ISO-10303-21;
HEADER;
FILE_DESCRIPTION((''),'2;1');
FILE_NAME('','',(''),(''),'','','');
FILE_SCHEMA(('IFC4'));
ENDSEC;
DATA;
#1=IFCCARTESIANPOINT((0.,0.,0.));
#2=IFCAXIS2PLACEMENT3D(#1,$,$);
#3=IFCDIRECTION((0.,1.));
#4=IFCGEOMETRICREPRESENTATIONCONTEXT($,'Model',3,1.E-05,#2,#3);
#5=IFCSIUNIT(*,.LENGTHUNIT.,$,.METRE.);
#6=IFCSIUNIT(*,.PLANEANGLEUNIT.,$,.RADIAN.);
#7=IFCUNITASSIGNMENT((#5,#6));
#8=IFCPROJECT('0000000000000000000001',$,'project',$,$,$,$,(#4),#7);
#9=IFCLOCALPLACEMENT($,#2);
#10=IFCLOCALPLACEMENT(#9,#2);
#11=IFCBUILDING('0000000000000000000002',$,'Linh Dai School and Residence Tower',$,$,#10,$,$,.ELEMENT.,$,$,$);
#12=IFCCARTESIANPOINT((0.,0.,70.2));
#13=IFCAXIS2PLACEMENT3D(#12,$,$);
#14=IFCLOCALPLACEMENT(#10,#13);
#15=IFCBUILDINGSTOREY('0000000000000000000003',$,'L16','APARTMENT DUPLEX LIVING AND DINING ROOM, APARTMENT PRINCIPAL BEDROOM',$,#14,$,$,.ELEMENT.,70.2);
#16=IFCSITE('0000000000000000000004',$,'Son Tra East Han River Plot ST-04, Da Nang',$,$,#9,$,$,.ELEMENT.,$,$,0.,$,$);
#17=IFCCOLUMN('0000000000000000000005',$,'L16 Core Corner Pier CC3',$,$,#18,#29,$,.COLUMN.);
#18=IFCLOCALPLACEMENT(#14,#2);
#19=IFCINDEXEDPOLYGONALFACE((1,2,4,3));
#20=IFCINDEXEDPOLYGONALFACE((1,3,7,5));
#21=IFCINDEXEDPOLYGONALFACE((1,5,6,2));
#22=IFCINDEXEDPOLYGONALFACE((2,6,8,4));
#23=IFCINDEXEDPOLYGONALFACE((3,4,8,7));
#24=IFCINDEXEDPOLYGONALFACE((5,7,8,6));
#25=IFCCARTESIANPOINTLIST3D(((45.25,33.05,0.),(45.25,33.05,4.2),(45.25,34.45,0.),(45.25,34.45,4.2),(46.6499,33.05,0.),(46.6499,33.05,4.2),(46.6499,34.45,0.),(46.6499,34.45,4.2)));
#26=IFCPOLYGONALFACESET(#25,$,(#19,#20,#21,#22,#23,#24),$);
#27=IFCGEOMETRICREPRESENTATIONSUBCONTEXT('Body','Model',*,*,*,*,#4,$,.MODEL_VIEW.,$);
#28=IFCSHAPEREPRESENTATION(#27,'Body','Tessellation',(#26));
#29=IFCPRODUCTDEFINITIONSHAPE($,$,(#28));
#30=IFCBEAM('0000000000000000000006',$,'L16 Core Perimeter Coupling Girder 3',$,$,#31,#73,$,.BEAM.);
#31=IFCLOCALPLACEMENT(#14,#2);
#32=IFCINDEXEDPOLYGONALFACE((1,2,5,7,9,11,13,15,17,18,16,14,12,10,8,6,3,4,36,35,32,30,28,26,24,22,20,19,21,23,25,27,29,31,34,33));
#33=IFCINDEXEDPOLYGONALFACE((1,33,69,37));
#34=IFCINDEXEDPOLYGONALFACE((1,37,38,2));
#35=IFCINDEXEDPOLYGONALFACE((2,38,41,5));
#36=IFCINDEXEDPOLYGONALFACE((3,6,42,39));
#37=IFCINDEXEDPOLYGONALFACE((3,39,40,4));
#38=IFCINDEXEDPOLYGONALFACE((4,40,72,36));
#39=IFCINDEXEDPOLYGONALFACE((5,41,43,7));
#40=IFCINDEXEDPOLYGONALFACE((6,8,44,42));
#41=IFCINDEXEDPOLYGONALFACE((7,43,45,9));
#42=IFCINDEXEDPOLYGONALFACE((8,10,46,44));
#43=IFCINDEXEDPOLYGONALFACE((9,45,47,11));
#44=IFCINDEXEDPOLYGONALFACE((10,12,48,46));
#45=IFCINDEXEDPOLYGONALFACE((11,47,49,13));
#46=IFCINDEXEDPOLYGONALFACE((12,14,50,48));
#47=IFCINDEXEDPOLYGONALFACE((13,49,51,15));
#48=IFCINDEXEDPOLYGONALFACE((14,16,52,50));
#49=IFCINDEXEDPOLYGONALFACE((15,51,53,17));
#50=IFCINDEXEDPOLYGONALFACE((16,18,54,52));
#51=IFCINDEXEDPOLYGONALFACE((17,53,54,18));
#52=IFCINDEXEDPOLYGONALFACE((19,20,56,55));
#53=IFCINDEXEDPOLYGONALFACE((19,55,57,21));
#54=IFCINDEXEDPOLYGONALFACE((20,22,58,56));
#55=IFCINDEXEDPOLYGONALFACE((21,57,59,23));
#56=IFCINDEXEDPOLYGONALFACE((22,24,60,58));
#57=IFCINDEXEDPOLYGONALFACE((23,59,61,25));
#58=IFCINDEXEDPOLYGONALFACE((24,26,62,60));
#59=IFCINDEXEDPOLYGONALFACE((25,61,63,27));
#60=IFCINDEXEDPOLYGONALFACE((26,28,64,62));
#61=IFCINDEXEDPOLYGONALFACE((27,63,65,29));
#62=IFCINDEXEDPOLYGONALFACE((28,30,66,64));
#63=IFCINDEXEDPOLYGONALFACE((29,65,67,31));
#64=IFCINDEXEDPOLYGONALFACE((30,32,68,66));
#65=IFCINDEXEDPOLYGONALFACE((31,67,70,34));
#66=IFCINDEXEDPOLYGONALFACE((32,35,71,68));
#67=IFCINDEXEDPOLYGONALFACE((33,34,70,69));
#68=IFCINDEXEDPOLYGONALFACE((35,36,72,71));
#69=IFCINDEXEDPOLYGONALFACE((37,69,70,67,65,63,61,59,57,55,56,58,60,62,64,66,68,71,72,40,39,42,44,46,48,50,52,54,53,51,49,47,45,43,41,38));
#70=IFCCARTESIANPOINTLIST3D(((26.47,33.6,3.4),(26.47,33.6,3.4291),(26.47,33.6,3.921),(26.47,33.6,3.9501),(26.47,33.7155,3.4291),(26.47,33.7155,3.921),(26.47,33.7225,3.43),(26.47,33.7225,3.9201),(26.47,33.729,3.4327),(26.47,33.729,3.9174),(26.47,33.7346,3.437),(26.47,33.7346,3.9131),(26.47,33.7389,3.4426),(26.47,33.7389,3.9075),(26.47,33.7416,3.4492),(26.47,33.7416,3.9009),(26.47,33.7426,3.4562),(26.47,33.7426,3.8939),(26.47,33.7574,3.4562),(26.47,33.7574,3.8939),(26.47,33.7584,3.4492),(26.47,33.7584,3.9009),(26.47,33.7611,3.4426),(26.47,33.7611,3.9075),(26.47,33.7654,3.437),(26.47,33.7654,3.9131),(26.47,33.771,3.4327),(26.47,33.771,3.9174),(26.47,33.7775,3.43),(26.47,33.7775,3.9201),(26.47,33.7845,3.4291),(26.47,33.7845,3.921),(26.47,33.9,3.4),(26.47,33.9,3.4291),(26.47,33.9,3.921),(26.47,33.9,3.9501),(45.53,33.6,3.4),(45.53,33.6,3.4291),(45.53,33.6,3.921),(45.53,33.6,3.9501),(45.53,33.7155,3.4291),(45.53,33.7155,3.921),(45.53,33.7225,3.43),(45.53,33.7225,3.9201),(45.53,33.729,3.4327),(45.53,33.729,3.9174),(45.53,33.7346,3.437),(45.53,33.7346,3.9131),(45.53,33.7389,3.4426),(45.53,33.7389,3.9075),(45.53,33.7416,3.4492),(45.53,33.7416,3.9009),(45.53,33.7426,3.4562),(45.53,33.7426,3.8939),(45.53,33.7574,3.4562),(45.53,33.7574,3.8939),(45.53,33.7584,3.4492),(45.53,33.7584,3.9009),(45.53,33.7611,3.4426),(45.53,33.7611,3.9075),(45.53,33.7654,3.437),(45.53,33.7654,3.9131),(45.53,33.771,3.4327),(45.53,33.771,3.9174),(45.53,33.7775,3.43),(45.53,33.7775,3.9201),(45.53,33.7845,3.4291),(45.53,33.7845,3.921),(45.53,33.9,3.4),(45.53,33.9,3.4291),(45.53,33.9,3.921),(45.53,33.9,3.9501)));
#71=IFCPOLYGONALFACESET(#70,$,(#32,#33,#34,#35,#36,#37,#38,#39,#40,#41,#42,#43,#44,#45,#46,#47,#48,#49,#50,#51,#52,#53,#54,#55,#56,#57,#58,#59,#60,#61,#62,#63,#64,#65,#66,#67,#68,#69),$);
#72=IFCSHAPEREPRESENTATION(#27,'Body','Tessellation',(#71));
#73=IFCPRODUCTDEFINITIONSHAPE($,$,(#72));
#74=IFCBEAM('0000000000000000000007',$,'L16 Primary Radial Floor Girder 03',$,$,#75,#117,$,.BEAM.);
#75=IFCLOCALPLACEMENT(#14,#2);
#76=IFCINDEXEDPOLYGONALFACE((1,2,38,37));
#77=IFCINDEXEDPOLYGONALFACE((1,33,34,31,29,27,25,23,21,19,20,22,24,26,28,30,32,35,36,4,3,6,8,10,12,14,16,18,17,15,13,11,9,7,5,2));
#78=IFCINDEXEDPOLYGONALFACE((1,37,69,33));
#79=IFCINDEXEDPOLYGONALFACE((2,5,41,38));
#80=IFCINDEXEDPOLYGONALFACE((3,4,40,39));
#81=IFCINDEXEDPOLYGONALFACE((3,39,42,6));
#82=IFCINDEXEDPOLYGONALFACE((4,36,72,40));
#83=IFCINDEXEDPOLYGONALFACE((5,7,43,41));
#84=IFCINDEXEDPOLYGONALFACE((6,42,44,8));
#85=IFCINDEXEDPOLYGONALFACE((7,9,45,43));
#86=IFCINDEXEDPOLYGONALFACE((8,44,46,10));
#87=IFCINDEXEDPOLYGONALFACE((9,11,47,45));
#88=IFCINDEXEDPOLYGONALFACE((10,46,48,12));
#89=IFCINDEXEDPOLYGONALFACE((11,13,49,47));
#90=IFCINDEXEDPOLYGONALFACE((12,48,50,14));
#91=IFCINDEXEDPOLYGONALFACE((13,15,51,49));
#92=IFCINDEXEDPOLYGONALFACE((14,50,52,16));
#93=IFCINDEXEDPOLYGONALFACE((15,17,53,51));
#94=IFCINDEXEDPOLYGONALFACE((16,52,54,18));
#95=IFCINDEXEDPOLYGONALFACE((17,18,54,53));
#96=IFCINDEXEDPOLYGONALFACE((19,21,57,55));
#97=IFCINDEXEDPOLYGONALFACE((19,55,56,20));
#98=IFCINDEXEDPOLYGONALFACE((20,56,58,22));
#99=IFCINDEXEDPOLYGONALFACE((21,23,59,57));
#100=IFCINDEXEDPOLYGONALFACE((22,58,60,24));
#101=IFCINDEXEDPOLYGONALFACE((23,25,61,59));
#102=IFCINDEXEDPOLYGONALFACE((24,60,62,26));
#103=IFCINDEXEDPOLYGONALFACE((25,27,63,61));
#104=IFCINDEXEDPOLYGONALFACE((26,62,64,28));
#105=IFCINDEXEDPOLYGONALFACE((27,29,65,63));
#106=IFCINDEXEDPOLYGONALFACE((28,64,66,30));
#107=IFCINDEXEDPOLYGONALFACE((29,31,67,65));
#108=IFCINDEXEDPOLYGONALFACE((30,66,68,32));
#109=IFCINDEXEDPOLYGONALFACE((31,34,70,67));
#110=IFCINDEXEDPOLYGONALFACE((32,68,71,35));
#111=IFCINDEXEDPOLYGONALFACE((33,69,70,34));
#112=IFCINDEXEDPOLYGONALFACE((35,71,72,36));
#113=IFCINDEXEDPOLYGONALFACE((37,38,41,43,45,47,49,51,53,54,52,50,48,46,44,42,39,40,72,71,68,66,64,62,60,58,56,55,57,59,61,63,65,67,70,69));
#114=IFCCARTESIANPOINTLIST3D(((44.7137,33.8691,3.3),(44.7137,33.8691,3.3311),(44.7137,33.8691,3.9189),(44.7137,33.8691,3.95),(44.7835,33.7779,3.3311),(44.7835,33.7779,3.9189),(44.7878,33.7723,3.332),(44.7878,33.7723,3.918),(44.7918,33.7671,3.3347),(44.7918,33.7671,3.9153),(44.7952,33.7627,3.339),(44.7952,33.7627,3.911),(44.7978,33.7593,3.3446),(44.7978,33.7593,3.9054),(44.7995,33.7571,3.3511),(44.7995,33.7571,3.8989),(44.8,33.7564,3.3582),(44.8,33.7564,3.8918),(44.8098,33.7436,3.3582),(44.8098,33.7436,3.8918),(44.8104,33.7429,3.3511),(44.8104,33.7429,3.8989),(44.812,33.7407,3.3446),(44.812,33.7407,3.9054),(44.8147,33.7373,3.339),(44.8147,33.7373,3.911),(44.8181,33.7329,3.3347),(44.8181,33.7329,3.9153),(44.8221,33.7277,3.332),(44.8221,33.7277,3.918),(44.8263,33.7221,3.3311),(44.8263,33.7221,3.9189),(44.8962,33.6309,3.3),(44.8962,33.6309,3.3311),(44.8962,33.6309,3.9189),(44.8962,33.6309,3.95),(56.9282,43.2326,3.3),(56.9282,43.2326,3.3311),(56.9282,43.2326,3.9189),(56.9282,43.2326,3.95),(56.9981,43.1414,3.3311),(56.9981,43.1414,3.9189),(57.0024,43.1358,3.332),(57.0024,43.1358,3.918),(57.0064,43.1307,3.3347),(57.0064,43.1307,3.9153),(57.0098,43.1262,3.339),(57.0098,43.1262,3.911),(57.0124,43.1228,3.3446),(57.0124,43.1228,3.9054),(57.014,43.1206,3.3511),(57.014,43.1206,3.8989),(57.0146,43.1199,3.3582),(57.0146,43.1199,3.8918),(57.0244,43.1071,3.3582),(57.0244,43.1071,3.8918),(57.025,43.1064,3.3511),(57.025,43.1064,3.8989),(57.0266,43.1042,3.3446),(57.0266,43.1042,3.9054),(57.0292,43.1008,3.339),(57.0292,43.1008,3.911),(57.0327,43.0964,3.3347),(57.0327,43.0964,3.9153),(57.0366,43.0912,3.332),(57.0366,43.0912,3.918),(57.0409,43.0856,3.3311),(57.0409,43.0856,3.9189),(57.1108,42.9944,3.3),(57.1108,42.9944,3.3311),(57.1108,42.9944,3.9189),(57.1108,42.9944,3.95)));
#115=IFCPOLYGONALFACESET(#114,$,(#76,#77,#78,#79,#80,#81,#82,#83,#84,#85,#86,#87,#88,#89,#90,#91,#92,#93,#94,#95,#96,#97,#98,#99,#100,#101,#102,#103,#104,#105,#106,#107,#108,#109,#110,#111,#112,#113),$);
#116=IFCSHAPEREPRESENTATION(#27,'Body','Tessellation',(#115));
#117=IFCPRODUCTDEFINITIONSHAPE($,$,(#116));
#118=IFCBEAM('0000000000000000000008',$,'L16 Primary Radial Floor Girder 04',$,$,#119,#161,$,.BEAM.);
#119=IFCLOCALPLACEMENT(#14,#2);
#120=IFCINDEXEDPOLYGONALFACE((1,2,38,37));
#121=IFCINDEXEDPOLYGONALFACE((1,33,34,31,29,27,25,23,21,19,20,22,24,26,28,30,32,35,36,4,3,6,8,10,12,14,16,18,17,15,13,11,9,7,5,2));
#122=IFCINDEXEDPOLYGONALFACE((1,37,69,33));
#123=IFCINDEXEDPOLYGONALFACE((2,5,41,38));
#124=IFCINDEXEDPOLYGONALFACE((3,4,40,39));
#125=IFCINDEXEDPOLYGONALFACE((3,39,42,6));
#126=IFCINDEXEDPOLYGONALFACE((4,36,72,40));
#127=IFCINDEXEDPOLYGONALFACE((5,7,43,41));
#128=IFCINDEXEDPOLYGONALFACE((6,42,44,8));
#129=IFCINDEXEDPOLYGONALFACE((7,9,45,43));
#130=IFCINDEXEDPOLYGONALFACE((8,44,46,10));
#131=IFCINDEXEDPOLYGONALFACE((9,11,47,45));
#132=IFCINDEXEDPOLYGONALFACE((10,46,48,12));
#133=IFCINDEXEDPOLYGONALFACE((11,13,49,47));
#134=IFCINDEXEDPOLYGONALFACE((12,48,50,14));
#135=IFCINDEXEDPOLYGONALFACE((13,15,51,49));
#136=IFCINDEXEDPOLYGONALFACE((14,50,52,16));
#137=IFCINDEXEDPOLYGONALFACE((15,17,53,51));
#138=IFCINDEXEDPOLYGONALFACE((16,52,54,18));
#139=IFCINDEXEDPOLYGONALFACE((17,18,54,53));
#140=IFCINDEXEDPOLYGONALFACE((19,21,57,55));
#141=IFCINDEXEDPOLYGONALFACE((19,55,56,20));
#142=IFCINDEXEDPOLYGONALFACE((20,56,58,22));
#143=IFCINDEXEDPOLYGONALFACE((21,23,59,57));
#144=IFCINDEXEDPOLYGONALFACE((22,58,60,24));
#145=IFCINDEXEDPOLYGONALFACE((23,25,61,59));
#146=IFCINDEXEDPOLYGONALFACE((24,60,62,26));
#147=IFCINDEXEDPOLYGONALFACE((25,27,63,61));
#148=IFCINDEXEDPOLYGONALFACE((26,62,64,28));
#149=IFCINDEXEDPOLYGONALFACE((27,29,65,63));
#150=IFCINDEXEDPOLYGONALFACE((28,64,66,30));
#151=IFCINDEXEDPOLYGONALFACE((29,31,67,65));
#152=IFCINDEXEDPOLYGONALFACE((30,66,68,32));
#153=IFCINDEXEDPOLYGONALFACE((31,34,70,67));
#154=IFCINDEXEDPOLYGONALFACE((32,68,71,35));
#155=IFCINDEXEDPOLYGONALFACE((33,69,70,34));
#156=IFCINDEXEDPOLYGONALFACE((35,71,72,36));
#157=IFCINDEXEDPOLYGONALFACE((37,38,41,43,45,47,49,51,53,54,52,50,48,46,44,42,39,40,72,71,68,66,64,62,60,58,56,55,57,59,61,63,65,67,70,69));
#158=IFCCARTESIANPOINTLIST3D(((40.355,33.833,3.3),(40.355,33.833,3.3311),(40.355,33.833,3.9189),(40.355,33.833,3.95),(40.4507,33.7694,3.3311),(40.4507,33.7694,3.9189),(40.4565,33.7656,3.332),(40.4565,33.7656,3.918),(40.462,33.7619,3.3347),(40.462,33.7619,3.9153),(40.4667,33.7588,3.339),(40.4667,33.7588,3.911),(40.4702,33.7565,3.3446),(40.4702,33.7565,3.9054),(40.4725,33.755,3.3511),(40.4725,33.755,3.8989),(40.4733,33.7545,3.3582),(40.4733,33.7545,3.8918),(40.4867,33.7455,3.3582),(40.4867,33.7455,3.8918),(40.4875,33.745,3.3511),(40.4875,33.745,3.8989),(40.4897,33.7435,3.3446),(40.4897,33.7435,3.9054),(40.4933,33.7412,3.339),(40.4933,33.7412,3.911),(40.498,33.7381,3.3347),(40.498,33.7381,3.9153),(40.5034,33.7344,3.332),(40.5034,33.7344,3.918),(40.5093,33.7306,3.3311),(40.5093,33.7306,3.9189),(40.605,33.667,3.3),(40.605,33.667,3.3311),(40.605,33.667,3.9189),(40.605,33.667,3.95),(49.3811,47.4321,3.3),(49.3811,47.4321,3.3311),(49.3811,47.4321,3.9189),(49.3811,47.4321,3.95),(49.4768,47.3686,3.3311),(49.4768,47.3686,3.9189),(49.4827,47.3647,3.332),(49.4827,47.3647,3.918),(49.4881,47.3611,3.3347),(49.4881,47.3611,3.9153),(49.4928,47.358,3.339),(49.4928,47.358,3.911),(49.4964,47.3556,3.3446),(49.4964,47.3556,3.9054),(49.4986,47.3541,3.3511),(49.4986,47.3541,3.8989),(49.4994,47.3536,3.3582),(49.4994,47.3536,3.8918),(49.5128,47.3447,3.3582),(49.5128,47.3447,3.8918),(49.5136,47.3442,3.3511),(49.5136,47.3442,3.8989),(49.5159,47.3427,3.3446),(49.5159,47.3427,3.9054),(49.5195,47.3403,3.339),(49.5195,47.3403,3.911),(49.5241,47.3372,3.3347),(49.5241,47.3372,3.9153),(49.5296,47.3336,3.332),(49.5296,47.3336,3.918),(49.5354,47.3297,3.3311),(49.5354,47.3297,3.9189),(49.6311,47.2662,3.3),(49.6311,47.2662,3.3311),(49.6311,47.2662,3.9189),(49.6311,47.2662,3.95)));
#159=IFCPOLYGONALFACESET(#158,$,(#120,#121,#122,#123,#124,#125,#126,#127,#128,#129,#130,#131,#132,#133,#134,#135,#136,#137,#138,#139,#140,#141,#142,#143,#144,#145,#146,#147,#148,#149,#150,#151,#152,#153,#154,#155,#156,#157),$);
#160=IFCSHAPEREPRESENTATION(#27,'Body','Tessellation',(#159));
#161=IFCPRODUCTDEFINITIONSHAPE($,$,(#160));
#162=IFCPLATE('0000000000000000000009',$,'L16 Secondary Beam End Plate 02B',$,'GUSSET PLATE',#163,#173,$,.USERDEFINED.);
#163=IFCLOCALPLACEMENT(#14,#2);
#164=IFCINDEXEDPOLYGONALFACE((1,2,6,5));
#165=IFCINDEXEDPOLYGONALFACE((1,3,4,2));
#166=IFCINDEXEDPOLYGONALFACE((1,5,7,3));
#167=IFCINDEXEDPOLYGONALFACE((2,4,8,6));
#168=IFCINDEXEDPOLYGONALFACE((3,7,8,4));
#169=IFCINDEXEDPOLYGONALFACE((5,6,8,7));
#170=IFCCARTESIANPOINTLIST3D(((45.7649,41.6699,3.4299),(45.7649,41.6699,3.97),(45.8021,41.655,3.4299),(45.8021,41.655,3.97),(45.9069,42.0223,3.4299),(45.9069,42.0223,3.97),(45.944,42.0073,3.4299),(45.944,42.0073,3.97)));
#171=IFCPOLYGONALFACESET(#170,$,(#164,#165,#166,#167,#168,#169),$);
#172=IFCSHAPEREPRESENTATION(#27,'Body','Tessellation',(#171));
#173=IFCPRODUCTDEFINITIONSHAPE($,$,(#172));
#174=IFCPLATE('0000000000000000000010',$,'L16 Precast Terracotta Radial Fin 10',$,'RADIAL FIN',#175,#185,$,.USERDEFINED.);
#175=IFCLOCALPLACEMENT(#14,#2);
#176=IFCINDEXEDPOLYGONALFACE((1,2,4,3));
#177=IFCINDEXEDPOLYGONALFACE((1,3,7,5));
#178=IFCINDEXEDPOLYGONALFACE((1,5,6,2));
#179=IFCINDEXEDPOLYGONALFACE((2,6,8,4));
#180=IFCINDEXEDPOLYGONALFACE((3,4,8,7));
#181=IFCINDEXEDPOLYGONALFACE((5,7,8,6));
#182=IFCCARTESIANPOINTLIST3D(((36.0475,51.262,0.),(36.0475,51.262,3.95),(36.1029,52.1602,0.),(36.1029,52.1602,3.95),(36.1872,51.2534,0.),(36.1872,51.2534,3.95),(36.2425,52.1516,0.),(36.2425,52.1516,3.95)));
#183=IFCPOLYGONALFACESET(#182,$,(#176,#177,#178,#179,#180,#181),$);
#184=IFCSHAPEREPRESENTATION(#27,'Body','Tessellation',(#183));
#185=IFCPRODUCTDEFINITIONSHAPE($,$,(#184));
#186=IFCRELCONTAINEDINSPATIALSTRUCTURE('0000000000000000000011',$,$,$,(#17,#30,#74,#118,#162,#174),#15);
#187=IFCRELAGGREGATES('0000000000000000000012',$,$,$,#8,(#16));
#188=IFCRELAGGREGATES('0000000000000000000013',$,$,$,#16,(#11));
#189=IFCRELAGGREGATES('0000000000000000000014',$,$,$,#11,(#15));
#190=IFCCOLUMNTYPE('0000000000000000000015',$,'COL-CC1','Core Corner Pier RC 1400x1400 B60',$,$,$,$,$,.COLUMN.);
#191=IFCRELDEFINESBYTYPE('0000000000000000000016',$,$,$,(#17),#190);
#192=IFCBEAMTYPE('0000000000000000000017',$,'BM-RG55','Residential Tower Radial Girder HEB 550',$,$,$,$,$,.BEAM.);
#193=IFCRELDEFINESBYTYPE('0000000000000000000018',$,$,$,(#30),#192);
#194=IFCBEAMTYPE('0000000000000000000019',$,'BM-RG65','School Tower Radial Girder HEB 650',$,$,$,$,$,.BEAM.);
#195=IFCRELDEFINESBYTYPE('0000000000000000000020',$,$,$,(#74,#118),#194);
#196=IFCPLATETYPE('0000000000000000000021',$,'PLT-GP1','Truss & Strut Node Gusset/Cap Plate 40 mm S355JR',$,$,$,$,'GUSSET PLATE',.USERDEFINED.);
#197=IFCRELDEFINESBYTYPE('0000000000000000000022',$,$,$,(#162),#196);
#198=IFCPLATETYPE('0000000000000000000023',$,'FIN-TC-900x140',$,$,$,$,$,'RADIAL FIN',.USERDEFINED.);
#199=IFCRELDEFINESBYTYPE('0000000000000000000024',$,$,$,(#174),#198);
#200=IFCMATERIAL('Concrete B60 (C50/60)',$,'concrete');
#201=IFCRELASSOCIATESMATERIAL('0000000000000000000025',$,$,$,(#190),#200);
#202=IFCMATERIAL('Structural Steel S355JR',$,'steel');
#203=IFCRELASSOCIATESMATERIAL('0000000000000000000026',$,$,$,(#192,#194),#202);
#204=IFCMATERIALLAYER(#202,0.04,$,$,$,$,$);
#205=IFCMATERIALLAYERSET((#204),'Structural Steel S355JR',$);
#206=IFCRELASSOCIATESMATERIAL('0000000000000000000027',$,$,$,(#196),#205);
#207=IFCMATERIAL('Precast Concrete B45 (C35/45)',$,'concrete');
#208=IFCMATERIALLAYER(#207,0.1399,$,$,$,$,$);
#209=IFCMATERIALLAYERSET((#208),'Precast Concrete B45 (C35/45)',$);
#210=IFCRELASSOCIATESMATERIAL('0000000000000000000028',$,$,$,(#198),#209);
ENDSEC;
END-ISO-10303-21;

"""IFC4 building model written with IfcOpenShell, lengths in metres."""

from ifc_helpers import new_model, si_unit, direction, frame, origin, origin_2d, place, context, subcontext, project, spatial, rectangle, i_section, extrude, source, transform, mapped, material, layer, layer_set, material_profile, profile_set, type_object, element, save


model = new_model("IFC4")

# Units and contexts
model_context = context("Model", 3, precision=1e-05, world=origin(), true_north=direction((0.0, 1.0)))
body_context = subcontext(model_context, "Body", "Model", "MODEL_VIEW")
ifc_project = project(units=[si_unit("LENGTHUNIT", "METRE"), si_unit("PLANEANGLEUNIT", "RADIAN")], contexts=[model_context])

# Site, building, storey
site_placement = place(None, origin())
site = spatial("IfcSite", under=ifc_project, at=site_placement, Name="Son Tra East Han River Plot ST-04, Da Nang", CompositionType="ELEMENT", RefElevation=0.0)
building_placement = place(site_placement, origin())
building = spatial("IfcBuilding", under=site, at=building_placement, Name="Linh Dai School and Residence Tower", CompositionType="ELEMENT")
storey_placement = place(building_placement, frame((0.0, 0.0, 70.2)))
storey = spatial("IfcBuildingStorey", under=building, at=storey_placement, Name="L16", Description="APARTMENT DUPLEX LIVING AND DINING ROOM, APARTMENT PRINCIPAL BEDROOM", CompositionType="ELEMENT", Elevation=70.2)

# Column
ifc_material_1 = material(Name="Concrete B60 (C50/60)", Category="concrete")
ifc_material_profile_1 = material_profile(ifc_material_1, rectangle(XDim=1.3999, YDim=1.3999, at=origin_2d()), Name="RC 1400x1400")
ifc_profile_set_1 = profile_set([ifc_material_profile_1], Name="Concrete B60 (C50/60)")
column_type = type_object("IfcColumnType", Name="COL-CC1", Description="Core Corner Pier RC 1400x1400 B60", PredefinedType="COLUMN", material=ifc_profile_set_1)
column_placement = place(storey_placement, frame((45.95, 33.75, 0.0), z_axis=(0.0, 0.0, 1.0), x_axis=(1.0, 0.0, 0.0)))
element("IfcColumn", 1, at=column_placement, inside=storey, type_object=column_type, Name="L16 Core Corner Pier CC3", PredefinedType="COLUMN", context=body_context, shape_type="SweptSolid", body=[
    extrude(rectangle(XDim=1.3999, YDim=1.3999, at=origin_2d()), origin(), (0.0, 0.0, 1.0), 4.2),
])

# Beams
ifc_material_2 = material(Name="Structural Steel S355JR", Category="steel")
ifc_material_profile_2 = material_profile(ifc_material_2, i_section(OverallWidth=0.3, OverallDepth=0.55, WebThickness=0.0149, FlangeThickness=0.0291, FilletRadius=0.0271, at=origin_2d()), Name="HEB 550")
ifc_profile_set_2 = profile_set([ifc_material_profile_2], Name="Structural Steel S355JR")
beam_type_1 = type_object("IfcBeamType", Name="BM-RG55", Description="Residential Tower Radial Girder HEB 550", PredefinedType="BEAM", material=ifc_profile_set_2)
beam_1_placement = place(storey_placement, frame((45.53, 33.75, 3.675), z_axis=(-1.0, 0.0, 0.0), x_axis=(0.0, -1.0, 0.0)))
element("IfcBeam", 2, at=beam_1_placement, inside=storey, type_object=beam_type_1, Name="L16 Core Perimeter Coupling Girder 3", PredefinedType="BEAM", context=body_context, shape_type="SweptSolid", body=[
    extrude(i_section(OverallWidth=0.3, OverallDepth=0.55, WebThickness=0.0149, FlangeThickness=0.0291, FilletRadius=0.0271, at=origin_2d()), origin(), (0.0, 0.0, 1.0), 19.0601),
])
ifc_material_profile_3 = material_profile(ifc_material_2, i_section(OverallWidth=0.3, OverallDepth=0.6499, WebThickness=0.0161, FlangeThickness=0.031, FilletRadius=0.0271, at=origin_2d()), Name="HEB 650")
ifc_profile_set_3 = profile_set([ifc_material_profile_3], Name="Structural Steel S355JR")
beam_type_2 = type_object("IfcBeamType", Name="BM-RG65", Description="School Tower Radial Girder HEB 650", PredefinedType="BEAM", material=ifc_profile_set_3)
beam_2_placement = place(storey_placement, frame((44.8049, 33.75, 3.625), z_axis=(0.793638, 0.608391, 0.0), x_axis=(-0.608391, 0.793638, 0.0)))
element("IfcBeam", 3, at=beam_2_placement, inside=storey, type_object=beam_type_2, Name="L16 Primary Radial Floor Girder 03", PredefinedType="BEAM", context=body_context, shape_type="SweptSolid", body=[
    extrude(i_section(OverallWidth=0.3, OverallDepth=0.6499, WebThickness=0.0161, FlangeThickness=0.031, FilletRadius=0.0271, at=origin_2d()), origin(), (0.0, 0.0, 1.0), 15.3906),
])
beam_3_placement = place(storey_placement, frame((40.48, 33.75, 3.625), z_axis=(0.553004, 0.833178, 0.0), x_axis=(-0.833178, 0.553004, 0.0)))
element("IfcBeam", 4, at=beam_3_placement, inside=storey, type_object=beam_type_2, Name="L16 Primary Radial Floor Girder 04", PredefinedType="BEAM", context=body_context, shape_type="SweptSolid", body=[
    extrude(i_section(OverallWidth=0.3, OverallDepth=0.6499, WebThickness=0.0161, FlangeThickness=0.031, FilletRadius=0.0271, at=origin_2d()), origin(), (0.0, 0.0, 1.0), 16.322),
])

# Plates
ifc_layer_1 = layer(ifc_material_2, 0.04)
ifc_layer_set_1 = layer_set([ifc_layer_1], Name="Structural Steel S355JR")
plate_type_1 = type_object("IfcPlateType", Name="PLT-GP1", Description="Truss & Strut Node Gusset/Cap Plate 40 mm S355JR", ElementType="GUSSET PLATE", PredefinedType="USERDEFINED", material=ifc_layer_set_1)
shared_shape_1 = source(origin(), body_context, "Body", "SweptSolid", [
    extrude(rectangle(XDim=0.04, YDim=0.3799, at=origin_2d()), origin(), (0.0, 0.0, 1.0), 0.54),
])
plate_1_placement = place(storey_placement, frame((45.8545, 41.8386, 3.4299), z_axis=(0.0, 0.0, 1.0), x_axis=(-0.927536, 0.373733, 0.0)))
element("IfcPlate", 5, at=plate_1_placement, inside=storey, type_object=plate_type_1, Name="L16 Secondary Beam End Plate 02B", ObjectType="GUSSET PLATE", PredefinedType="USERDEFINED", context=body_context, shape_type="MappedRepresentation", body=[
    mapped(shared_shape_1, transform((0.0, 0.0, 0.0), x_axis=(1.0, 0.0, 0.0), y_axis=(0.0, 1.0, 0.0), z_axis=(0.0, 0.0, 1.0), scale=1.0)),
])
ifc_material_3 = material(Name="Precast Concrete B45 (C35/45)", Category="concrete")
ifc_layer_2 = layer(ifc_material_3, 0.1399)
ifc_layer_set_2 = layer_set([ifc_layer_2], Name="Precast Concrete B45 (C35/45)")
plate_type_2 = type_object("IfcPlateType", Name="FIN-TC-900x140", ElementType="RADIAL FIN", PredefinedType="USERDEFINED", material=ifc_layer_set_2)
shared_shape_2 = source(origin(), body_context, "Body", "SweptSolid", [
    extrude(rectangle(XDim=0.8999, YDim=0.1399, at=origin_2d()), origin(), (0.0, 0.0, 1.0), 3.95),
])
plate_2_placement = place(storey_placement, frame((36.145, 51.7068, 0.0), z_axis=(0.0, 0.0, 1.0), x_axis=(0.061507, 0.998107, 0.0)))
element("IfcPlate", 6, at=plate_2_placement, inside=storey, type_object=plate_type_2, Name="L16 Precast Terracotta Radial Fin 10", ObjectType="RADIAL FIN", PredefinedType="USERDEFINED", context=body_context, shape_type="MappedRepresentation", body=[
    mapped(shared_shape_2, transform((0.0, 0.0, 0.0), x_axis=(1.0, 0.0, 0.0), y_axis=(0.0, 1.0, 0.0), z_axis=(0.0, 0.0, 1.0), scale=1.0)),
])

save(model, "model.ifc")
